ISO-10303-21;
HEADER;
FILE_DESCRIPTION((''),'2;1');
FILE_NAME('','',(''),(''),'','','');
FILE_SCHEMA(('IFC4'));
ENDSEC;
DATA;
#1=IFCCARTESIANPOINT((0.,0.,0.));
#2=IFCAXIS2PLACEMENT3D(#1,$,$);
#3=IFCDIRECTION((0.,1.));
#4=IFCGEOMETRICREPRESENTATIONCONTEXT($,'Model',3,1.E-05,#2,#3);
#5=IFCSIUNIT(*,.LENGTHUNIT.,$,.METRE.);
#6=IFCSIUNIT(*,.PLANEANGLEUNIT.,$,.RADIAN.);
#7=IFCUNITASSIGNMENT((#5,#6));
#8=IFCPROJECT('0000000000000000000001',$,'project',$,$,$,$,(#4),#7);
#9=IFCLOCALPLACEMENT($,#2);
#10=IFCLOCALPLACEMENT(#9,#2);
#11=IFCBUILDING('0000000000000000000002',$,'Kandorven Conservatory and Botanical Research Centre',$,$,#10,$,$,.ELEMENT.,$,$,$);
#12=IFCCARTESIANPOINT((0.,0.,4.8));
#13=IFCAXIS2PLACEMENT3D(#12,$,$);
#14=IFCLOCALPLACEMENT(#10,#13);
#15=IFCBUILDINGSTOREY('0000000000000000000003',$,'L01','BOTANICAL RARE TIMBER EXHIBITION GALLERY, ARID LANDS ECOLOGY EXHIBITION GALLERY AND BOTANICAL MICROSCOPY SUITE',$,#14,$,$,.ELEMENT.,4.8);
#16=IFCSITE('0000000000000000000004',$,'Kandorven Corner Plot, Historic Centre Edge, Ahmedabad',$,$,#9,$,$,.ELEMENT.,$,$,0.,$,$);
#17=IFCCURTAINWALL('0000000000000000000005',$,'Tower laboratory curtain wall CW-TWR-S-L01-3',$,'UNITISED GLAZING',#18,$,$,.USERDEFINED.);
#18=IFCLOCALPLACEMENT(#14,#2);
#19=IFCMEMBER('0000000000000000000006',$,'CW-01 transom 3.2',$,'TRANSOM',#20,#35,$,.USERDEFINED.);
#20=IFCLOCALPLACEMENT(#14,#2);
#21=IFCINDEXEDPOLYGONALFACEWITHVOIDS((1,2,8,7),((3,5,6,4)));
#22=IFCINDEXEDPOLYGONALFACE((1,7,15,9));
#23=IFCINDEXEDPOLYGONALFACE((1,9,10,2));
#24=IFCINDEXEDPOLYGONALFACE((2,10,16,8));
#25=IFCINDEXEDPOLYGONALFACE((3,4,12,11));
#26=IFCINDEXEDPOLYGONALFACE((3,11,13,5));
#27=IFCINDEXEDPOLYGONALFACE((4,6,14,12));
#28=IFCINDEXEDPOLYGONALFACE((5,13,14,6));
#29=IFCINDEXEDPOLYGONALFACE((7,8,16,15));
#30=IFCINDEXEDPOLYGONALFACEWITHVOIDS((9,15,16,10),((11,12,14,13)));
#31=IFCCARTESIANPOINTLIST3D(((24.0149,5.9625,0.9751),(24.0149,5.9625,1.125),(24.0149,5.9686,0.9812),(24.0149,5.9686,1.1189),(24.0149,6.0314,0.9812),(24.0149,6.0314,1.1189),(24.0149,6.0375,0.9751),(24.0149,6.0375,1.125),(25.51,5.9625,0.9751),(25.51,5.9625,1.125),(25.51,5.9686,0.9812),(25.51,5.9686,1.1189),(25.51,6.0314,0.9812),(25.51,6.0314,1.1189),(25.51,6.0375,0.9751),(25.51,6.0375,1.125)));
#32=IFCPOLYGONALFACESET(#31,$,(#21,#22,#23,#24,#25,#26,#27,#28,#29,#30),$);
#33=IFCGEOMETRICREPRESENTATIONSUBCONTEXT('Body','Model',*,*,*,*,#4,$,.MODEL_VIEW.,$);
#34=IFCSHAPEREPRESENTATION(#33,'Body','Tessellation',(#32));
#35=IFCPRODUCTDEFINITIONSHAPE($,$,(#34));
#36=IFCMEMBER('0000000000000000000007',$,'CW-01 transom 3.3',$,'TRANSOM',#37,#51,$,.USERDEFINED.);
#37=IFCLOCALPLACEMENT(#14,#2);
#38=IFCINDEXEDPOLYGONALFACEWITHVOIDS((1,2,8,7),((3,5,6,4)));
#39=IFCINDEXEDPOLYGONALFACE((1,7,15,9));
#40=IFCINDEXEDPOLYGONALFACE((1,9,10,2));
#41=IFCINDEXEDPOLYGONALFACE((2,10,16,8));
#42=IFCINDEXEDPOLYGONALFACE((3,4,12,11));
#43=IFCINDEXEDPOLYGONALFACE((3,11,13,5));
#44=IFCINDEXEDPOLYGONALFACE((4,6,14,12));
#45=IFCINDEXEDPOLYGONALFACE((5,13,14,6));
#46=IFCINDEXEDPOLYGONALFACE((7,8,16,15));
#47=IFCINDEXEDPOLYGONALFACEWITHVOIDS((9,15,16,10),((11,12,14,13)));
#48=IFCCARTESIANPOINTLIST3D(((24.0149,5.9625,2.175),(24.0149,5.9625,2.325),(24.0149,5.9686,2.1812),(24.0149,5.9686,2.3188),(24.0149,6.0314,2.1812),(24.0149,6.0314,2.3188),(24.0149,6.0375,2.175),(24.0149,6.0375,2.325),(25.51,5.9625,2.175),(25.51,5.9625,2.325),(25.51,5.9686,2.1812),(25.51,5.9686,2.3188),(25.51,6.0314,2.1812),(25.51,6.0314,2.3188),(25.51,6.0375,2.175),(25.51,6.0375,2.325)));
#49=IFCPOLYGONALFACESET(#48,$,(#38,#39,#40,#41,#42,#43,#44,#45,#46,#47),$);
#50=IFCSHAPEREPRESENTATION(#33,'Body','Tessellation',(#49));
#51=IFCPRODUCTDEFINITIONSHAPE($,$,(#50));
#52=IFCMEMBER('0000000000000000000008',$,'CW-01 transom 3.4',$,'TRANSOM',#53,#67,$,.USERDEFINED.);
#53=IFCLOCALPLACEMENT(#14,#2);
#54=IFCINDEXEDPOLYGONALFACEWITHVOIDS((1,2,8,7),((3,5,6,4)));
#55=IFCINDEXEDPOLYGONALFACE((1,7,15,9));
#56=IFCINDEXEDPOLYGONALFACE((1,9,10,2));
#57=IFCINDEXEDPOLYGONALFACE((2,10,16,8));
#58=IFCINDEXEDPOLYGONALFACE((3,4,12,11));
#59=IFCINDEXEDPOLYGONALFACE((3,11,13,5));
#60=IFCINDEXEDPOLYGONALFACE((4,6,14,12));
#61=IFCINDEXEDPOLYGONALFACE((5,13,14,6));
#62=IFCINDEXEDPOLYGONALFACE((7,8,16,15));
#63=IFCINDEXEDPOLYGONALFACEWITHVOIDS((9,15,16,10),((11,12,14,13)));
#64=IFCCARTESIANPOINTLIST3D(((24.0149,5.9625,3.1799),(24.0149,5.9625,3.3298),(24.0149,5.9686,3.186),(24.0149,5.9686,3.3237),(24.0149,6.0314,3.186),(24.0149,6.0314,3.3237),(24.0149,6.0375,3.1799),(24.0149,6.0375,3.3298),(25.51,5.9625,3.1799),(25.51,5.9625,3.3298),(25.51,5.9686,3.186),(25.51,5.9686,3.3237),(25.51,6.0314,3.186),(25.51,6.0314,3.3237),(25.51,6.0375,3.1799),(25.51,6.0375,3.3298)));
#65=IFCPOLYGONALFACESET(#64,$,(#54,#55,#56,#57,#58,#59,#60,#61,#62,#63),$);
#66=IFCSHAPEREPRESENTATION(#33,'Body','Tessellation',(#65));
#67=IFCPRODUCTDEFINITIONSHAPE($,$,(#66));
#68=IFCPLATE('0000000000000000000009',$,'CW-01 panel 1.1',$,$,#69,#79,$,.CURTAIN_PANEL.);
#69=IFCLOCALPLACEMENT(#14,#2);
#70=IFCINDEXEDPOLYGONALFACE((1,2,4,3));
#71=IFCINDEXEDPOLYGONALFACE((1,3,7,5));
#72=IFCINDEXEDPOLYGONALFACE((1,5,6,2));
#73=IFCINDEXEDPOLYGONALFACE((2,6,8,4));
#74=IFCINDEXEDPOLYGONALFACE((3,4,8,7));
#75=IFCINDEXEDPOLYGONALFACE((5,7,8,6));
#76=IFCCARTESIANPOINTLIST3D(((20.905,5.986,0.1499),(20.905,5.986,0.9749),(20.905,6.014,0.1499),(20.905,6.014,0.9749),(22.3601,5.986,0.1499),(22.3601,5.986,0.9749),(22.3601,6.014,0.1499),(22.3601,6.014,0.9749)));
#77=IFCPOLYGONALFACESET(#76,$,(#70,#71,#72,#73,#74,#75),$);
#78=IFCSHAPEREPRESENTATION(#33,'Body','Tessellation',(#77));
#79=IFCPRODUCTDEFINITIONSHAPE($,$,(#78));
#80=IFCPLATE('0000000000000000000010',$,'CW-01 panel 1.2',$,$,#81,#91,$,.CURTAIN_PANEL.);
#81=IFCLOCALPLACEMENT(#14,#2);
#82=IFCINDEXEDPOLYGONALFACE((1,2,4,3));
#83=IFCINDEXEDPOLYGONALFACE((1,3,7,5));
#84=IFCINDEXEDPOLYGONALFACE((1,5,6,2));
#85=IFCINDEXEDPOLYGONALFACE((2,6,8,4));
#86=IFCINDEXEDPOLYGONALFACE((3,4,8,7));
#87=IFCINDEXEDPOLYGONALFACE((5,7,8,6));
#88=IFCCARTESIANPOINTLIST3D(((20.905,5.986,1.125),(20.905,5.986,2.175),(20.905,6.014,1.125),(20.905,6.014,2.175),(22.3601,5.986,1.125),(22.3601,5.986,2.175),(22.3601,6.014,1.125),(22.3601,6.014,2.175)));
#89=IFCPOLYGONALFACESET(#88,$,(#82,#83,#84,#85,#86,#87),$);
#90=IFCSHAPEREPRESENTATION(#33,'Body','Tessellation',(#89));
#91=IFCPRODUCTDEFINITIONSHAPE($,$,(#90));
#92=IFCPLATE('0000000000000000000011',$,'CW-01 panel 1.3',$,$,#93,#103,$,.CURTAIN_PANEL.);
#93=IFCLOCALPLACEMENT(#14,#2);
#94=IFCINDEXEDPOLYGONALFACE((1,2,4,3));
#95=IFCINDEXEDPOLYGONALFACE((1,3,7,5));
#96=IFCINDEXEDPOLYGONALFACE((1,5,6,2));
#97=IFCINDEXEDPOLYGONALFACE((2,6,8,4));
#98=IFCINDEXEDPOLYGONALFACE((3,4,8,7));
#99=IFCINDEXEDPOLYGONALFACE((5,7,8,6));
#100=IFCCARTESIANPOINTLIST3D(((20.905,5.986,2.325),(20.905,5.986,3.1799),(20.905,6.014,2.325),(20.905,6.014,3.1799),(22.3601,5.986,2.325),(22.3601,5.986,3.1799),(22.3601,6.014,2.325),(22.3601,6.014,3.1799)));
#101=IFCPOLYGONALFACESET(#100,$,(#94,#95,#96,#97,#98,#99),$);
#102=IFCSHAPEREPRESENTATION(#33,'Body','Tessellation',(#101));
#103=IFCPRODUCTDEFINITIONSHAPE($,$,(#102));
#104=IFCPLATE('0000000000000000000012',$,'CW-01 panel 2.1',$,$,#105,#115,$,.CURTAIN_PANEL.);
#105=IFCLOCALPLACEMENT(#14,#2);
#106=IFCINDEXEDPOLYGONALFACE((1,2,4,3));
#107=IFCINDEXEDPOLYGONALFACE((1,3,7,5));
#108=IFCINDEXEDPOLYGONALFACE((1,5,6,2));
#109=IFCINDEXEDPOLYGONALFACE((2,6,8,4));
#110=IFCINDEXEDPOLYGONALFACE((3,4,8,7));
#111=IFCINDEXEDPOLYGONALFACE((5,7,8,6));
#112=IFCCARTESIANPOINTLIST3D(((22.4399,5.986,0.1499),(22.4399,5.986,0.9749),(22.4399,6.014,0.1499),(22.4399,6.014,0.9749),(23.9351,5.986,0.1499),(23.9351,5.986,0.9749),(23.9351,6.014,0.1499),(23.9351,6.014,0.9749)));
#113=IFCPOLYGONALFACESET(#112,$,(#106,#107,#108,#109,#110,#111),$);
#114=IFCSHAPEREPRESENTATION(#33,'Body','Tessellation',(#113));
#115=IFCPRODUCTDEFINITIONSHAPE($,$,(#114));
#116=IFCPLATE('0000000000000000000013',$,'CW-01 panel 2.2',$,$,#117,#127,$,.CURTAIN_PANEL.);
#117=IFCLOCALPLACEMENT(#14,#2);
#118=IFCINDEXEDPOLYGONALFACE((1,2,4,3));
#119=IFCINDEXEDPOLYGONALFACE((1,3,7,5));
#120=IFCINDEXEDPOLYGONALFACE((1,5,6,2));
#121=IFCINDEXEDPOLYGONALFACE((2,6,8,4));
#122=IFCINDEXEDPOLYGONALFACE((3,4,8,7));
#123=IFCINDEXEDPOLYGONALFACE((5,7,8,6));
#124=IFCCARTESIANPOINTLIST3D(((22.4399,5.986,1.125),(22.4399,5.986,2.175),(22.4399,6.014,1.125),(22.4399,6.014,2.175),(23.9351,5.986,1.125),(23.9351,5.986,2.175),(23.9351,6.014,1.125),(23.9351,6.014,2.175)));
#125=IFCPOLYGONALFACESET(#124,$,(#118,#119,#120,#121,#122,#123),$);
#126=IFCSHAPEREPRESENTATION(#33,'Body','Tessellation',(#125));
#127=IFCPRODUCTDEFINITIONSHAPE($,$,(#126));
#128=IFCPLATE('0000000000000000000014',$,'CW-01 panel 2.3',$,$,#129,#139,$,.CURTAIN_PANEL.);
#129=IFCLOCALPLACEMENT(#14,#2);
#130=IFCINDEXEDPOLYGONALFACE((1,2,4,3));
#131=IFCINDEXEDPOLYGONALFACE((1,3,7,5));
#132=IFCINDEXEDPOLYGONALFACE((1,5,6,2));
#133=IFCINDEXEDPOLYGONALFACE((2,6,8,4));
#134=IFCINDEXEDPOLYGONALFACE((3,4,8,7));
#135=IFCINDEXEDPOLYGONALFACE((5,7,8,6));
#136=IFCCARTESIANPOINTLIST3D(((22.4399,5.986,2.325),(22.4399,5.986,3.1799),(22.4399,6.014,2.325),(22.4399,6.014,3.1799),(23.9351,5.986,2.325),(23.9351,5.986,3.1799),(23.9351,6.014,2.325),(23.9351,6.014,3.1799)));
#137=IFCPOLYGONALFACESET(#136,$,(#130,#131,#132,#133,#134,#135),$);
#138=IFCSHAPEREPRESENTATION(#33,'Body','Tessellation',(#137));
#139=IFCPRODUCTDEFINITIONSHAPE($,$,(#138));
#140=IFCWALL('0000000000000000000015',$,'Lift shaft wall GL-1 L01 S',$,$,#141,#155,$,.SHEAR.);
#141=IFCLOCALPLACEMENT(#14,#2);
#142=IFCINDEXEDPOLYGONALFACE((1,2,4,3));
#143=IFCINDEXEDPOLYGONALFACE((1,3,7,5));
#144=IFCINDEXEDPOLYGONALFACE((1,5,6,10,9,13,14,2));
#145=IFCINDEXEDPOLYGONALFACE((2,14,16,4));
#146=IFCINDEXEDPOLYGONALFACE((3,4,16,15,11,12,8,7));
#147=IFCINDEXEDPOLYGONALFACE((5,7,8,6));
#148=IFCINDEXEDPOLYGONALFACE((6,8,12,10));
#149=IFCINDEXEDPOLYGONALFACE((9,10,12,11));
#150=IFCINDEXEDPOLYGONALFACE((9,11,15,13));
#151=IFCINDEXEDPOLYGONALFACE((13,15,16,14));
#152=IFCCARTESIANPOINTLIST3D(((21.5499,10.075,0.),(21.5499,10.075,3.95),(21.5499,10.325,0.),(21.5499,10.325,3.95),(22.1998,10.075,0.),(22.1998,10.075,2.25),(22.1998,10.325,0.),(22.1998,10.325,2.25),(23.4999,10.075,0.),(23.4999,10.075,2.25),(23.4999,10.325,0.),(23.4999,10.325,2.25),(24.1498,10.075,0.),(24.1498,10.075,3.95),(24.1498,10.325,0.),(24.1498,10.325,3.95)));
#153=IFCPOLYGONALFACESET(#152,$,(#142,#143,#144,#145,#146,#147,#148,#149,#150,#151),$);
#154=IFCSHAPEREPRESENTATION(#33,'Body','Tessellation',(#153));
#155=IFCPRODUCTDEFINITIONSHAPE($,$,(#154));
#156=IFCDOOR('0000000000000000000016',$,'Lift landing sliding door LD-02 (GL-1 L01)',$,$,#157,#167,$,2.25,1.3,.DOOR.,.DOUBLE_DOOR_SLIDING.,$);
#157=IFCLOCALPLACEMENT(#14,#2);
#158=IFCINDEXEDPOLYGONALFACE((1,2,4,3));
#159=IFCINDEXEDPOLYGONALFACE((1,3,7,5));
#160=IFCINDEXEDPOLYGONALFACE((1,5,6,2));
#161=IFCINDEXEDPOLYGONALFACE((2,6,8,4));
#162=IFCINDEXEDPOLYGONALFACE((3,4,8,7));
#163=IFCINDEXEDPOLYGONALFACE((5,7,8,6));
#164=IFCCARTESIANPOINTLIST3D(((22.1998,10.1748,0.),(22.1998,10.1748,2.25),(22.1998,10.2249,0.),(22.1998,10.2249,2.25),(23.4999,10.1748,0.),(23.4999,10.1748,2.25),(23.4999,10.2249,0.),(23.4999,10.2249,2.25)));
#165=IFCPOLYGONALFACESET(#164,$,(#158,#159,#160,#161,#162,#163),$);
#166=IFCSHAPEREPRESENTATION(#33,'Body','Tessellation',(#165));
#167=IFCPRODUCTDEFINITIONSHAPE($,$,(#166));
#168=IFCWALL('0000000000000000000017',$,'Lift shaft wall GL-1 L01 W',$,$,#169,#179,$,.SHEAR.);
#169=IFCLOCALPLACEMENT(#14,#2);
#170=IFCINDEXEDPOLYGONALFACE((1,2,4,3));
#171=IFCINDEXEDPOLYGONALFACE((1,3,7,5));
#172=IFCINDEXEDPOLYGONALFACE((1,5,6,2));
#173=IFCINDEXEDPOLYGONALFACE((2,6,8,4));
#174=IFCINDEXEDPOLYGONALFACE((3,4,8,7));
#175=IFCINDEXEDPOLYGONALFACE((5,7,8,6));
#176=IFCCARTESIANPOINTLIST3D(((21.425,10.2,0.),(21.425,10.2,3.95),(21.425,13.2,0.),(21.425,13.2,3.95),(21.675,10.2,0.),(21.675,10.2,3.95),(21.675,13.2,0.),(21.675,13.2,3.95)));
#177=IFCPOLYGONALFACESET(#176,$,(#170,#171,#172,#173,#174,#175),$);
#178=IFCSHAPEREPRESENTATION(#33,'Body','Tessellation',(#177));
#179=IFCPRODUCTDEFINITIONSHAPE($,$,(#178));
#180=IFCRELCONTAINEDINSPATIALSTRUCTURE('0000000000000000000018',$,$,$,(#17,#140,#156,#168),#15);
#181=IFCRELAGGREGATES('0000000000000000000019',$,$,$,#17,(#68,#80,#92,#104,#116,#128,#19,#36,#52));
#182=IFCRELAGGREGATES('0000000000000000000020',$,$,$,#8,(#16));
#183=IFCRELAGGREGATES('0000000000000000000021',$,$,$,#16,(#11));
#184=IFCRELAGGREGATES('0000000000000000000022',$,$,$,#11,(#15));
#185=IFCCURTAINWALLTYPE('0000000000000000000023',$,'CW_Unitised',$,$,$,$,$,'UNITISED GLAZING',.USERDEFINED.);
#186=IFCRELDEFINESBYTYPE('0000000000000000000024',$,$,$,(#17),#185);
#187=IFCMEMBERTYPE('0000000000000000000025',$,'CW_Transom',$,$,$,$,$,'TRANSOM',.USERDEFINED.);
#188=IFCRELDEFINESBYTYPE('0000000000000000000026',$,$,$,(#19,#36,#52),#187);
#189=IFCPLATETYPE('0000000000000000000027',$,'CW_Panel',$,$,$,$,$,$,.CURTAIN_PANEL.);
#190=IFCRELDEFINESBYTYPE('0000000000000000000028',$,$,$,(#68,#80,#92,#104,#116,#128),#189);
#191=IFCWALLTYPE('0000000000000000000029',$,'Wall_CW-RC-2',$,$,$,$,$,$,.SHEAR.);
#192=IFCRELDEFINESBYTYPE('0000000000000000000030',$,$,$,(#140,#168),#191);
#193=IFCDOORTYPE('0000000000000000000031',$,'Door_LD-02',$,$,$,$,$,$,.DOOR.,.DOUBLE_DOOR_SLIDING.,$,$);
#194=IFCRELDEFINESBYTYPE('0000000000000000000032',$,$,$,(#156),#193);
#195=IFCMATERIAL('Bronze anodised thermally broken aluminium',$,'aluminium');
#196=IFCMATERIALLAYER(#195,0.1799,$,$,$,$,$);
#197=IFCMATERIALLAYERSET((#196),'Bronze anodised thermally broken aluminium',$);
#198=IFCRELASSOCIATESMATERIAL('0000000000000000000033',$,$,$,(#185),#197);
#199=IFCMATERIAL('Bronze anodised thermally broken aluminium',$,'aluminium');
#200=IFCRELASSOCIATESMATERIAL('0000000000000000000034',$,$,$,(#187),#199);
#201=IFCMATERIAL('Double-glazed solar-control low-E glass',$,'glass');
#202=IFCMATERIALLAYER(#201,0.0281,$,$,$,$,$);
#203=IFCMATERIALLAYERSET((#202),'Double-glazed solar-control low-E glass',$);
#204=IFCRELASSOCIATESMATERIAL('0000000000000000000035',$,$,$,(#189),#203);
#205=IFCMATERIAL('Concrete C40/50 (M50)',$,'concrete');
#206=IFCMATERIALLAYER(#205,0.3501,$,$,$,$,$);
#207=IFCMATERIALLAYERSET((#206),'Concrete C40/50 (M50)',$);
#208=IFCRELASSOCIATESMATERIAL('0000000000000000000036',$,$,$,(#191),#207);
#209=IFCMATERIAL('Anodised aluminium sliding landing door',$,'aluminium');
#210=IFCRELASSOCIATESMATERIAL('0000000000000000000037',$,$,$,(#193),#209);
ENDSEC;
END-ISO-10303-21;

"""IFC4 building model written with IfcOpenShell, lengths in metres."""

from ifc_helpers import new_model, si_unit, direction, frame, frame_2d, origin, origin_2d, place, context, subcontext, project, spatial, rectangle, hollow_rectangle, extrude, material, layer, layer_set, material_profile, profile_set, type_object, element, fill, aggregate, save


model = new_model("IFC4")

# Units and contexts
model_context = context("Model", 3, precision=1e-05, world=origin(), true_north=direction((0.0, 1.0)))
body_context = subcontext(model_context, "Body", "Model", "MODEL_VIEW")
ifc_project = project(units=[si_unit("LENGTHUNIT", "METRE"), si_unit("PLANEANGLEUNIT", "RADIAN")], contexts=[model_context])

# Site, building, storey
site_placement = place(None, origin())
site = spatial("IfcSite", under=ifc_project, at=site_placement, Name="Kandorven Corner Plot, Historic Centre Edge, Ahmedabad", CompositionType="ELEMENT", RefElevation=0.0)
building_placement = place(site_placement, origin())
building = spatial("IfcBuilding", under=site, at=building_placement, Name="Kandorven Conservatory and Botanical Research Centre", CompositionType="ELEMENT")
storey_placement = place(building_placement, frame((0.0, 0.0, 4.8)))
storey = spatial("IfcBuildingStorey", under=building, at=storey_placement, Name="L01", Description="BOTANICAL RARE TIMBER EXHIBITION GALLERY, ARID LANDS ECOLOGY EXHIBITION GALLERY AND BOTANICAL MICROSCOPY SUITE", CompositionType="ELEMENT", Elevation=4.8)

# Curtain wall, members, plates
ifc_material_1 = material(Name="Bronze anodised thermally broken aluminium", Category="aluminium")
ifc_layer_1 = layer(ifc_material_1, 0.1799)
ifc_layer_set_1 = layer_set([ifc_layer_1], Name="Bronze anodised thermally broken aluminium")
curtain_wall_type = type_object("IfcCurtainWallType", Name="CW_Unitised", ElementType="UNITISED GLAZING", PredefinedType="USERDEFINED", material=ifc_layer_set_1)
curtain_wall_placement = place(storey_placement, origin())
curtain_wall = element("IfcCurtainWall", 1, at=curtain_wall_placement, inside=storey, type_object=curtain_wall_type, Name="Tower laboratory curtain wall CW-TWR-S-L01-3", ObjectType="UNITISED GLAZING", PredefinedType="USERDEFINED")
ifc_material_2 = material(Name="Bronze anodised thermally broken aluminium", Category="aluminium")
ifc_material_profile_1 = material_profile(ifc_material_2, hollow_rectangle(XDim=0.075, YDim=0.1499, WallThickness=0.0061, at=origin_2d()))
ifc_profile_set_1 = profile_set([ifc_material_profile_1], Name="Bronze anodised thermally broken aluminium")
member_type_1 = type_object("IfcMemberType", Name="CW_Transom", ElementType="TRANSOM", PredefinedType="USERDEFINED", material=ifc_profile_set_1)
member_1_placement = place(storey_placement, frame((24.0149, 6.0, 1.05), z_axis=(1.0, 0.0, 0.0), x_axis=(0.0, 1.0, 0.0)))
member_1 = element("IfcMember", 2, at=member_1_placement, type_object=member_type_1, Name="CW-01 transom 3.2", ObjectType="TRANSOM", PredefinedType="USERDEFINED", context=body_context, shape_type="SweptSolid", body=[
    extrude(hollow_rectangle(XDim=0.075, YDim=0.1499, WallThickness=0.0061, at=origin_2d()), origin(), (0.0, 0.0, 1.0), 1.4951),
])
member_2_placement = place(storey_placement, frame((24.0149, 6.0, 2.25), z_axis=(1.0, 0.0, 0.0), x_axis=(0.0, 1.0, 0.0)))
member_2 = element("IfcMember", 3, at=member_2_placement, type_object=member_type_1, Name="CW-01 transom 3.3", ObjectType="TRANSOM", PredefinedType="USERDEFINED", context=body_context, shape_type="SweptSolid", body=[
    extrude(hollow_rectangle(XDim=0.075, YDim=0.1499, WallThickness=0.0061, at=origin_2d()), origin(), (0.0, 0.0, 1.0), 1.4951),
])
member_3_placement = place(storey_placement, frame((24.0149, 6.0, 3.2549), z_axis=(1.0, 0.0, 0.0), x_axis=(0.0, 1.0, 0.0)))
member_3 = element("IfcMember", 4, at=member_3_placement, type_object=member_type_1, Name="CW-01 transom 3.4", ObjectType="TRANSOM", PredefinedType="USERDEFINED", context=body_context, shape_type="SweptSolid", body=[
    extrude(hollow_rectangle(XDim=0.075, YDim=0.1499, WallThickness=0.0061, at=origin_2d()), origin(), (0.0, 0.0, 1.0), 1.4951),
])
ifc_material_3 = material(Name="Double-glazed solar-control low-E glass", Category="glass")
ifc_layer_2 = layer(ifc_material_3, 0.0281)
ifc_layer_set_2 = layer_set([ifc_layer_2], Name="Double-glazed solar-control low-E glass")
plate_type = type_object("IfcPlateType", Name="CW_Panel", PredefinedType="CURTAIN_PANEL", material=ifc_layer_set_2)
plate_1_placement = place(storey_placement, frame((21.6326, 6.0, 0.1499), z_axis=(0.0, 0.0, 1.0), x_axis=(1.0, 0.0, 0.0)))
plate_1 = element("IfcPlate", 5, at=plate_1_placement, type_object=plate_type, Name="CW-01 panel 1.1", PredefinedType="CURTAIN_PANEL", context=body_context, shape_type="SweptSolid", body=[
    extrude(rectangle(XDim=1.4551, YDim=0.0281, at=origin_2d()), origin(), (0.0, 0.0, 1.0), 0.825),
])
plate_2_placement = place(storey_placement, frame((21.6326, 6.0, 1.125), z_axis=(0.0, 0.0, 1.0), x_axis=(1.0, 0.0, 0.0)))
plate_2 = element("IfcPlate", 6, at=plate_2_placement, type_object=plate_type, Name="CW-01 panel 1.2", PredefinedType="CURTAIN_PANEL", context=body_context, shape_type="SweptSolid", body=[
    extrude(rectangle(XDim=1.4551, YDim=0.0281, at=origin_2d()), origin(), (0.0, 0.0, 1.0), 1.05),
])
plate_3_placement = place(storey_placement, frame((21.6326, 6.0, 2.325), z_axis=(0.0, 0.0, 1.0), x_axis=(1.0, 0.0, 0.0)))
plate_3 = element("IfcPlate", 7, at=plate_3_placement, type_object=plate_type, Name="CW-01 panel 1.3", PredefinedType="CURTAIN_PANEL", context=body_context, shape_type="SweptSolid", body=[
    extrude(rectangle(XDim=1.4551, YDim=0.0281, at=origin_2d()), origin(), (0.0, 0.0, 1.0), 0.855),
])
plate_4_placement = place(storey_placement, frame((23.1875, 6.0, 0.1499), z_axis=(0.0, 0.0, 1.0), x_axis=(1.0, 0.0, 0.0)))
plate_4 = element("IfcPlate", 8, at=plate_4_placement, type_object=plate_type, Name="CW-01 panel 2.1", PredefinedType="CURTAIN_PANEL", context=body_context, shape_type="SweptSolid", body=[
    extrude(rectangle(XDim=1.4951, YDim=0.0281, at=origin_2d()), origin(), (0.0, 0.0, 1.0), 0.825),
])
plate_5_placement = place(storey_placement, frame((23.1875, 6.0, 1.125), z_axis=(0.0, 0.0, 1.0), x_axis=(1.0, 0.0, 0.0)))
plate_5 = element("IfcPlate", 9, at=plate_5_placement, type_object=plate_type, Name="CW-01 panel 2.2", PredefinedType="CURTAIN_PANEL", context=body_context, shape_type="SweptSolid", body=[
    extrude(rectangle(XDim=1.4951, YDim=0.0281, at=origin_2d()), origin(), (0.0, 0.0, 1.0), 1.05),
])
plate_6_placement = place(storey_placement, frame((23.1875, 6.0, 2.325), z_axis=(0.0, 0.0, 1.0), x_axis=(1.0, 0.0, 0.0)))
plate_6 = element("IfcPlate", 10, at=plate_6_placement, type_object=plate_type, Name="CW-01 panel 2.3", PredefinedType="CURTAIN_PANEL", context=body_context, shape_type="SweptSolid", body=[
    extrude(rectangle(XDim=1.4951, YDim=0.0281, at=origin_2d()), origin(), (0.0, 0.0, 1.0), 0.855),
])
aggregate(curtain_wall, [plate_1, plate_2, plate_3, plate_4, plate_5, plate_6, member_1, member_2, member_3])

# Wall, opening, door
ifc_material_4 = material(Name="Concrete C40/50 (M50)", Category="concrete")
ifc_layer_3 = layer(ifc_material_4, 0.3501)
ifc_layer_set_3 = layer_set([ifc_layer_3], Name="Concrete C40/50 (M50)")
wall_type = type_object("IfcWallType", Name="Wall_CW-RC-2", PredefinedType="SHEAR", material=ifc_layer_set_3)
wall_1_placement = place(storey_placement, frame((21.55, 10.2, 0.0), z_axis=(0.0, 0.0, 1.0), x_axis=(1.0, 0.0, 0.0)))
wall_1 = element("IfcWall", 11, at=wall_1_placement, inside=storey, type_object=wall_type, Name="Lift shaft wall GL-1 L01 S", PredefinedType="SHEAR", context=body_context, shape_type="SweptSolid", body=[
    extrude(rectangle(XDim=2.5999, YDim=0.25, at=frame_2d((1.2998, 0.0))), origin(), (0.0, 0.0, 1.0), 3.95),
])
opening_placement = place(wall_1_placement, frame((0.6499, 0.0, 0.0)))
opening = element("IfcOpeningElement", 12, at=opening_placement, cuts=wall_1, PredefinedType="OPENING", context=body_context, shape_type="SweptSolid", body=[
    extrude(rectangle(XDim=1.3, YDim=2.25, at=frame_2d((0.6499, 1.125))), frame((0.0, 0.135, 0.0), z_axis=(0.0, -1.0, 0.0), x_axis=(1.0, 0.0, 0.0)), (0.0, 0.0, 1.0), 0.27),
])
ifc_material_5 = material(Name="Anodised aluminium sliding landing door", Category="aluminium")
door_type = type_object("IfcDoorType", Name="Door_LD-02", OperationType="DOUBLE_DOOR_SLIDING", PredefinedType="DOOR", material=ifc_material_5)
door_placement = place(opening_placement, origin())
door = element("IfcDoor", 13, at=door_placement, inside=storey, type_object=door_type, Name="Lift landing sliding door LD-02 (GL-1 L01)", OperationType="DOUBLE_DOOR_SLIDING", OverallHeight=2.25, OverallWidth=1.3, PredefinedType="DOOR", context=body_context, shape_type="SweptSolid", body=[
    extrude(rectangle(XDim=1.3, YDim=2.25, at=frame_2d((0.6499, 1.125))), frame((0.0, 0.0249, 0.0), z_axis=(0.0, -1.0, 0.0), x_axis=(1.0, 0.0, 0.0)), (0.0, 0.0, 1.0), 0.05),
])
fill(opening, door)

# Wall
wall_2_placement = place(storey_placement, frame((21.55, 10.2, 0.0), z_axis=(0.0, 0.0, 1.0), x_axis=(0.0, 1.0, 0.0)))
element("IfcWall", 14, at=wall_2_placement, inside=storey, type_object=wall_type, Name="Lift shaft wall GL-1 L01 W", PredefinedType="SHEAR", context=body_context, shape_type="SweptSolid", body=[
    extrude(rectangle(XDim=3.0, YDim=0.25, at=frame_2d((1.5, 0.0))), origin(), (0.0, 0.0, 1.0), 3.95),
])

save(model, "model.ifc")
